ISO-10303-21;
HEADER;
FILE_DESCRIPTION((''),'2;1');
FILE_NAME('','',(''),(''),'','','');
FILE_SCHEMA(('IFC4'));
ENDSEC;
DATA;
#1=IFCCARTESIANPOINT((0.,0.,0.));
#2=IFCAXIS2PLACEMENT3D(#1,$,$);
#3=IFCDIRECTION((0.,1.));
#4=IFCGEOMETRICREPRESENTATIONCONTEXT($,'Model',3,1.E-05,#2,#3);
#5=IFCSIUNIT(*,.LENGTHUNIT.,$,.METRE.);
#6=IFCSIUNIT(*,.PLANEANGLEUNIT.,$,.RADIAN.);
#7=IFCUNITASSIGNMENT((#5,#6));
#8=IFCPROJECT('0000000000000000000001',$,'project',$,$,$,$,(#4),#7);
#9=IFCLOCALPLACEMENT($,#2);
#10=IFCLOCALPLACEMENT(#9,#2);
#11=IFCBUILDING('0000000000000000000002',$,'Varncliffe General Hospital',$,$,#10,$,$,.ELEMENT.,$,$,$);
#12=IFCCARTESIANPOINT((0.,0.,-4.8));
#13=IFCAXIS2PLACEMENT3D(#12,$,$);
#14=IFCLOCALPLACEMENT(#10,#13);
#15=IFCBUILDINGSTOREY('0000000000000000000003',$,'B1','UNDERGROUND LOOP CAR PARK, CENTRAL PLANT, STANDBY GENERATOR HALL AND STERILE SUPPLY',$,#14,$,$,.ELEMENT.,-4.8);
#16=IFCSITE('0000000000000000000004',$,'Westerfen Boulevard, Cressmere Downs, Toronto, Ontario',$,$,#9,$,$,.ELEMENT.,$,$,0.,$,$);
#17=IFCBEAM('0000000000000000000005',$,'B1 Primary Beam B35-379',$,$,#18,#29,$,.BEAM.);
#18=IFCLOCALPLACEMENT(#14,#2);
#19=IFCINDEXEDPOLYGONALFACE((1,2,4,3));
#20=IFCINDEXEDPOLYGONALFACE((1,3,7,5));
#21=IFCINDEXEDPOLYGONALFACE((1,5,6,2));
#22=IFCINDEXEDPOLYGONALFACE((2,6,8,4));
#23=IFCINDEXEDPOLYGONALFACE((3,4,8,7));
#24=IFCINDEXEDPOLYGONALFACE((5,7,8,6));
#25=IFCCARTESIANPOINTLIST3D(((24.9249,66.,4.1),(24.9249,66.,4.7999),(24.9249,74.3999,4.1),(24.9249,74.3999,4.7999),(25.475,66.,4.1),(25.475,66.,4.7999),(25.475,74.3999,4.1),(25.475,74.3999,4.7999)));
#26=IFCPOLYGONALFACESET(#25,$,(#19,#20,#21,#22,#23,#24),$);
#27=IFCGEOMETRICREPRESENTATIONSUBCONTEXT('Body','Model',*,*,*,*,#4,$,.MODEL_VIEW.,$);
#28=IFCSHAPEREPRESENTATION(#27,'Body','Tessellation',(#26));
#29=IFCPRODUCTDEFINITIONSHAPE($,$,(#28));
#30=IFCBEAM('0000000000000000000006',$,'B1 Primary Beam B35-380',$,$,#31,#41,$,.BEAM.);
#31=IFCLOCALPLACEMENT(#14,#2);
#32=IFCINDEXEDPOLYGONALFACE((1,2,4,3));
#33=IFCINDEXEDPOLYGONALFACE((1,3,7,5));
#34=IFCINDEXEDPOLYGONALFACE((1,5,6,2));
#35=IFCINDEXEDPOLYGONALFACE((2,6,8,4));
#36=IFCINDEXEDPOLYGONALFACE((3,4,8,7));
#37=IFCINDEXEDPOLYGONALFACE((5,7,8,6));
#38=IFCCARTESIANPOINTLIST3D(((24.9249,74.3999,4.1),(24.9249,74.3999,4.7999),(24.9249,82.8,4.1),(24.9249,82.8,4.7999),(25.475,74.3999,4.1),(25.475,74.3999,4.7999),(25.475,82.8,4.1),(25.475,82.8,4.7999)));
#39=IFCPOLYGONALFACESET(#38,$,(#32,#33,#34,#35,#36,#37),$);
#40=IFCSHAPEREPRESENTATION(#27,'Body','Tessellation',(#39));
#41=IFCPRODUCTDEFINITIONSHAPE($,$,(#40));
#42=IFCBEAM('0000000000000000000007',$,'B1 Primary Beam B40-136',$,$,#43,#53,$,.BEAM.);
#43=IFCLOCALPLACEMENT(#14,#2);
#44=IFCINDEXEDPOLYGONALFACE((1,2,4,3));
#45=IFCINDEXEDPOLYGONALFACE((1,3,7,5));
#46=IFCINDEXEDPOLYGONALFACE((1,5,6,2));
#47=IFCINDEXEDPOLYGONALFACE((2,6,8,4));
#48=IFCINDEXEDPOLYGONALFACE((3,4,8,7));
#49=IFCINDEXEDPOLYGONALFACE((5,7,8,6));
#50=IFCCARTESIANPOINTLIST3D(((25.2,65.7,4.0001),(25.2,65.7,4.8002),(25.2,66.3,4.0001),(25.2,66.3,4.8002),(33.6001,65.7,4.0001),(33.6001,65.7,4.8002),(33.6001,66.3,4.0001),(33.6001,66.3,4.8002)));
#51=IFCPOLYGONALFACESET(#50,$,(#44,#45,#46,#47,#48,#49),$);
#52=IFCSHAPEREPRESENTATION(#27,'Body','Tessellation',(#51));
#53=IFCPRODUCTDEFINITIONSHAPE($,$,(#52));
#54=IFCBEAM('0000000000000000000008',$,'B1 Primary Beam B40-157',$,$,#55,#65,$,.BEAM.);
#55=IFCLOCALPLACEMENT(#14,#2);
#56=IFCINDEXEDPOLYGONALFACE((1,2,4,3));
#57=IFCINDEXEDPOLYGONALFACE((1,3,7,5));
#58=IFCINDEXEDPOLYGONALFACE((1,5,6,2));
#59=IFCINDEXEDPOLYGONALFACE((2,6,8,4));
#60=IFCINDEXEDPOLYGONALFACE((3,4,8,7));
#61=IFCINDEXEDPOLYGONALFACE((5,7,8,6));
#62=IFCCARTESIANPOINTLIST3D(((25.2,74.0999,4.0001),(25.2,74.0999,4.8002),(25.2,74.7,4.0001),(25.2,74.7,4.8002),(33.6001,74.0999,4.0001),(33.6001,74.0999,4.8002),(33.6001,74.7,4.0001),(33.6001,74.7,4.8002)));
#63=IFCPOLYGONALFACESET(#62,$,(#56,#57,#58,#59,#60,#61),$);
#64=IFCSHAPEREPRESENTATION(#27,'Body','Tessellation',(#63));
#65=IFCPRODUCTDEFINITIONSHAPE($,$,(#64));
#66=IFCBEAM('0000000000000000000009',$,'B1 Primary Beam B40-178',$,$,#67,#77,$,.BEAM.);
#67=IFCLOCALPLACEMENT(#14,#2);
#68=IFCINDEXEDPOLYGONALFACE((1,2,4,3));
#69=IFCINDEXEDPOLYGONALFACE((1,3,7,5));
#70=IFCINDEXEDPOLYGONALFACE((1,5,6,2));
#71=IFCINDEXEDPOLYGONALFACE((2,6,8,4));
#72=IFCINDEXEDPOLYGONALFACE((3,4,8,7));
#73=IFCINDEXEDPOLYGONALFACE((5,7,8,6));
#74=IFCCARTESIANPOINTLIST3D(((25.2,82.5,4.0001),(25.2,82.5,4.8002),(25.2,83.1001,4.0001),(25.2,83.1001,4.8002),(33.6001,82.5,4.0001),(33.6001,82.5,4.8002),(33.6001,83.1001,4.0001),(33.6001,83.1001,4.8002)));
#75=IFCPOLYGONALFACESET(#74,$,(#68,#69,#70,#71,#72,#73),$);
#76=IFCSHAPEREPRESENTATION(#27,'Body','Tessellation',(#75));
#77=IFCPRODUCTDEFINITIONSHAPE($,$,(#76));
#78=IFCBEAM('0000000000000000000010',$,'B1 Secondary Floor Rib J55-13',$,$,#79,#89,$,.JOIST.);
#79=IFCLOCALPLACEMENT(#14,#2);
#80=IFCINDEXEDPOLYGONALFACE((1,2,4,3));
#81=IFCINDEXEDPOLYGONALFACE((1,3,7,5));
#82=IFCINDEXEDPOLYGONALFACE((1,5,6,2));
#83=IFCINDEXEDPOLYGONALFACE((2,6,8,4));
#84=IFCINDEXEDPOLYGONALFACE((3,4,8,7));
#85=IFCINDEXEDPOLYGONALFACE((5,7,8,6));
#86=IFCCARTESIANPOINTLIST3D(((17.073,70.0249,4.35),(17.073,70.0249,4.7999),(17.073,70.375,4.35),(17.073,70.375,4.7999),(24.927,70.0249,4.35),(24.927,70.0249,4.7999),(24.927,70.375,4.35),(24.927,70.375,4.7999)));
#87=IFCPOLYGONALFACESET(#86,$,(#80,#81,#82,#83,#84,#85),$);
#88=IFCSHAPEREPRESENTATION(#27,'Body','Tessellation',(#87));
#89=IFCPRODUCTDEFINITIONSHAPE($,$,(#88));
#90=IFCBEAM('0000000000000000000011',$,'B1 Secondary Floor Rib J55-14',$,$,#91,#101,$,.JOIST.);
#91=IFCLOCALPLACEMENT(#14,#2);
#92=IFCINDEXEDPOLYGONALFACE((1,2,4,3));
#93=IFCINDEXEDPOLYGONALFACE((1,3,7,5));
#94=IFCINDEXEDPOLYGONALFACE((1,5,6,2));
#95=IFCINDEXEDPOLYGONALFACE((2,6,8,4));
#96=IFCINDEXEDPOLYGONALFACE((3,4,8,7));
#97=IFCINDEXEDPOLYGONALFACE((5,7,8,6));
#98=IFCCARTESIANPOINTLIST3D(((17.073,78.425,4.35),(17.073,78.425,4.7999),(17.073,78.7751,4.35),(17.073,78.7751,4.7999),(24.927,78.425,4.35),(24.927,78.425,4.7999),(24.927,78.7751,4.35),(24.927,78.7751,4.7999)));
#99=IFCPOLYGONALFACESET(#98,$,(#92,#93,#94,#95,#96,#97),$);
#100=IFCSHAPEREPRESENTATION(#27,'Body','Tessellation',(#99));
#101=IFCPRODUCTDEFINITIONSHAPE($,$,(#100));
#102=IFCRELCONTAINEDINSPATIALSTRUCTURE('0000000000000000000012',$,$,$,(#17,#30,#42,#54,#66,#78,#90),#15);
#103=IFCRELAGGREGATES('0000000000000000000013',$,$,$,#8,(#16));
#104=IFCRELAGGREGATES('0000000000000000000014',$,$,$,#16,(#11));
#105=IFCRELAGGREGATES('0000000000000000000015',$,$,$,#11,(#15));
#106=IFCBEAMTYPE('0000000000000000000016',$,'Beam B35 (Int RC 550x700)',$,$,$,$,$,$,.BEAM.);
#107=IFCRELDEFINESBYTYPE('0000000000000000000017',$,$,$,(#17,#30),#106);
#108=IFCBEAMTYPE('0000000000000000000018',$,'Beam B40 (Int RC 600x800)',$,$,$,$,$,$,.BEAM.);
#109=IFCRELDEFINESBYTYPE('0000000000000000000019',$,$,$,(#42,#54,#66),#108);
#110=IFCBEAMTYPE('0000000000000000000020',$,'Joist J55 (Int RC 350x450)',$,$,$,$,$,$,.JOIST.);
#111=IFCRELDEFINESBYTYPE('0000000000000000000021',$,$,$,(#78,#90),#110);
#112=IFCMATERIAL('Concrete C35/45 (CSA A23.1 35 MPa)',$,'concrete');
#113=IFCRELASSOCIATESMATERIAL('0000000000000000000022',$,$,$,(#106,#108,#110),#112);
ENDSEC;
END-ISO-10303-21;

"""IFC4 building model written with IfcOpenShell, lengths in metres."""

from ifc_helpers import new_model, si_unit, direction, frame, origin, origin_2d, place, context, subcontext, project, spatial, rectangle, extrude, material, material_profile, profile_set, type_object, element, save


model = new_model("IFC4")

# Units and contexts
model_context = context("Model", 3, precision=1e-05, world=origin(), true_north=direction((0.0, 1.0)))
body_context = subcontext(model_context, "Body", "Model", "MODEL_VIEW")
ifc_project = project(units=[si_unit("LENGTHUNIT", "METRE"), si_unit("PLANEANGLEUNIT", "RADIAN")], contexts=[model_context])

# Site, building, storey
site_placement = place(None, origin())
site = spatial("IfcSite", under=ifc_project, at=site_placement, Name="Westerfen Boulevard, Cressmere Downs, Toronto, Ontario", CompositionType="ELEMENT", RefElevation=0.0)
building_placement = place(site_placement, origin())
building = spatial("IfcBuilding", under=site, at=building_placement, Name="Varncliffe General Hospital", CompositionType="ELEMENT")
storey_placement = place(building_placement, frame((0.0, 0.0, -4.8)))
storey = spatial("IfcBuildingStorey", under=building, at=storey_placement, Name="B1", Description="UNDERGROUND LOOP CAR PARK, CENTRAL PLANT, STANDBY GENERATOR HALL AND STERILE SUPPLY", CompositionType="ELEMENT", Elevation=-4.8)

# Beams
ifc_material_1 = material(Name="Concrete C35/45 (CSA A23.1 35 MPa)", Category="concrete")
ifc_material_profile_1 = material_profile(ifc_material_1, rectangle(XDim=0.55, YDim=0.7, at=origin_2d()), Name="RC 550x700")
ifc_profile_set_1 = profile_set([ifc_material_profile_1], Name="Concrete C35/45 (CSA A23.1 35 MPa)")
beam_type_1 = type_object("IfcBeamType", Name="Beam B35 (Int RC 550x700)", PredefinedType="BEAM", material=ifc_profile_set_1)
beam_1_placement = place(storey_placement, frame((25.2, 66.0, 4.45), z_axis=(0.0, 1.0, 0.0), x_axis=(-1.0, 0.0, 0.0)))
element("IfcBeam", 1, at=beam_1_placement, inside=storey, type_object=beam_type_1, Name="B1 Primary Beam B35-379", PredefinedType="BEAM", context=body_context, shape_type="SweptSolid", body=[
    extrude(rectangle(XDim=0.55, YDim=0.7, at=origin_2d()), origin(), (0.0, 0.0, 1.0), 8.3999),
])
beam_2_placement = place(storey_placement, frame((25.2, 74.3999, 4.45), z_axis=(0.0, 1.0, 0.0), x_axis=(-1.0, 0.0, 0.0)))
element("IfcBeam", 2, at=beam_2_placement, inside=storey, type_object=beam_type_1, Name="B1 Primary Beam B35-380", PredefinedType="BEAM", context=body_context, shape_type="SweptSolid", body=[
    extrude(rectangle(XDim=0.55, YDim=0.7, at=origin_2d()), origin(), (0.0, 0.0, 1.0), 8.4001),
])
ifc_material_profile_2 = material_profile(ifc_material_1, rectangle(XDim=0.6001, YDim=0.8, at=origin_2d()), Name="RC 600x800")
ifc_profile_set_2 = profile_set([ifc_material_profile_2], Name="Concrete C35/45 (CSA A23.1 35 MPa)")
beam_type_2 = type_object("IfcBeamType", Name="Beam B40 (Int RC 600x800)", PredefinedType="BEAM", material=ifc_profile_set_2)
for number, where, z_axis, x_axis, name in (
    (3, (25.2, 66.0, 4.4001), (1.0, 0.0, 0.0), (0.0, 1.0, 0.0), "B1 Primary Beam B40-136"),
    (4, (25.2, 74.3999, 4.4001), (1.0, 0.0, 0.0), (0.0, 1.0, 0.0), "B1 Primary Beam B40-157"),
    (5, (25.2, 82.8, 4.4001), (1.0, 0.0, 0.0), (0.0, 1.0, 0.0), "B1 Primary Beam B40-178"),
):
    element("IfcBeam", number, at=place(storey_placement, frame(where, z_axis=z_axis, x_axis=x_axis)), inside=storey, type_object=beam_type_2, Name=name, PredefinedType="BEAM", context=body_context, shape_type="SweptSolid", body=[
        extrude(rectangle(XDim=0.6001, YDim=0.8, at=origin_2d()), origin(), (0.0, 0.0, 1.0), 8.4001),
    ])
ifc_material_profile_3 = material_profile(ifc_material_1, rectangle(XDim=0.3501, YDim=0.45, at=origin_2d()), Name="RC 350x450")
ifc_profile_set_3 = profile_set([ifc_material_profile_3], Name="Concrete C35/45 (CSA A23.1 35 MPa)")
beam_type_3 = type_object("IfcBeamType", Name="Joist J55 (Int RC 350x450)", PredefinedType="JOIST", material=ifc_profile_set_3)
for number, where, z_axis, x_axis, name in (
    (6, (17.073, 70.2, 4.575), (1.0, 0.0, 0.0), (0.0, 1.0, 0.0), "B1 Secondary Floor Rib J55-13"),
    (7, (17.073, 78.6001, 4.575), (1.0, 0.0, 0.0), (0.0, 1.0, 0.0), "B1 Secondary Floor Rib J55-14"),
):
    element("IfcBeam", number, at=place(storey_placement, frame(where, z_axis=z_axis, x_axis=x_axis)), inside=storey, type_object=beam_type_3, Name=name, PredefinedType="JOIST", context=body_context, shape_type="SweptSolid", body=[
        extrude(rectangle(XDim=0.3501, YDim=0.45, at=origin_2d()), origin(), (0.0, 0.0, 1.0), 7.854),
    ])

save(model, "model.ifc")
